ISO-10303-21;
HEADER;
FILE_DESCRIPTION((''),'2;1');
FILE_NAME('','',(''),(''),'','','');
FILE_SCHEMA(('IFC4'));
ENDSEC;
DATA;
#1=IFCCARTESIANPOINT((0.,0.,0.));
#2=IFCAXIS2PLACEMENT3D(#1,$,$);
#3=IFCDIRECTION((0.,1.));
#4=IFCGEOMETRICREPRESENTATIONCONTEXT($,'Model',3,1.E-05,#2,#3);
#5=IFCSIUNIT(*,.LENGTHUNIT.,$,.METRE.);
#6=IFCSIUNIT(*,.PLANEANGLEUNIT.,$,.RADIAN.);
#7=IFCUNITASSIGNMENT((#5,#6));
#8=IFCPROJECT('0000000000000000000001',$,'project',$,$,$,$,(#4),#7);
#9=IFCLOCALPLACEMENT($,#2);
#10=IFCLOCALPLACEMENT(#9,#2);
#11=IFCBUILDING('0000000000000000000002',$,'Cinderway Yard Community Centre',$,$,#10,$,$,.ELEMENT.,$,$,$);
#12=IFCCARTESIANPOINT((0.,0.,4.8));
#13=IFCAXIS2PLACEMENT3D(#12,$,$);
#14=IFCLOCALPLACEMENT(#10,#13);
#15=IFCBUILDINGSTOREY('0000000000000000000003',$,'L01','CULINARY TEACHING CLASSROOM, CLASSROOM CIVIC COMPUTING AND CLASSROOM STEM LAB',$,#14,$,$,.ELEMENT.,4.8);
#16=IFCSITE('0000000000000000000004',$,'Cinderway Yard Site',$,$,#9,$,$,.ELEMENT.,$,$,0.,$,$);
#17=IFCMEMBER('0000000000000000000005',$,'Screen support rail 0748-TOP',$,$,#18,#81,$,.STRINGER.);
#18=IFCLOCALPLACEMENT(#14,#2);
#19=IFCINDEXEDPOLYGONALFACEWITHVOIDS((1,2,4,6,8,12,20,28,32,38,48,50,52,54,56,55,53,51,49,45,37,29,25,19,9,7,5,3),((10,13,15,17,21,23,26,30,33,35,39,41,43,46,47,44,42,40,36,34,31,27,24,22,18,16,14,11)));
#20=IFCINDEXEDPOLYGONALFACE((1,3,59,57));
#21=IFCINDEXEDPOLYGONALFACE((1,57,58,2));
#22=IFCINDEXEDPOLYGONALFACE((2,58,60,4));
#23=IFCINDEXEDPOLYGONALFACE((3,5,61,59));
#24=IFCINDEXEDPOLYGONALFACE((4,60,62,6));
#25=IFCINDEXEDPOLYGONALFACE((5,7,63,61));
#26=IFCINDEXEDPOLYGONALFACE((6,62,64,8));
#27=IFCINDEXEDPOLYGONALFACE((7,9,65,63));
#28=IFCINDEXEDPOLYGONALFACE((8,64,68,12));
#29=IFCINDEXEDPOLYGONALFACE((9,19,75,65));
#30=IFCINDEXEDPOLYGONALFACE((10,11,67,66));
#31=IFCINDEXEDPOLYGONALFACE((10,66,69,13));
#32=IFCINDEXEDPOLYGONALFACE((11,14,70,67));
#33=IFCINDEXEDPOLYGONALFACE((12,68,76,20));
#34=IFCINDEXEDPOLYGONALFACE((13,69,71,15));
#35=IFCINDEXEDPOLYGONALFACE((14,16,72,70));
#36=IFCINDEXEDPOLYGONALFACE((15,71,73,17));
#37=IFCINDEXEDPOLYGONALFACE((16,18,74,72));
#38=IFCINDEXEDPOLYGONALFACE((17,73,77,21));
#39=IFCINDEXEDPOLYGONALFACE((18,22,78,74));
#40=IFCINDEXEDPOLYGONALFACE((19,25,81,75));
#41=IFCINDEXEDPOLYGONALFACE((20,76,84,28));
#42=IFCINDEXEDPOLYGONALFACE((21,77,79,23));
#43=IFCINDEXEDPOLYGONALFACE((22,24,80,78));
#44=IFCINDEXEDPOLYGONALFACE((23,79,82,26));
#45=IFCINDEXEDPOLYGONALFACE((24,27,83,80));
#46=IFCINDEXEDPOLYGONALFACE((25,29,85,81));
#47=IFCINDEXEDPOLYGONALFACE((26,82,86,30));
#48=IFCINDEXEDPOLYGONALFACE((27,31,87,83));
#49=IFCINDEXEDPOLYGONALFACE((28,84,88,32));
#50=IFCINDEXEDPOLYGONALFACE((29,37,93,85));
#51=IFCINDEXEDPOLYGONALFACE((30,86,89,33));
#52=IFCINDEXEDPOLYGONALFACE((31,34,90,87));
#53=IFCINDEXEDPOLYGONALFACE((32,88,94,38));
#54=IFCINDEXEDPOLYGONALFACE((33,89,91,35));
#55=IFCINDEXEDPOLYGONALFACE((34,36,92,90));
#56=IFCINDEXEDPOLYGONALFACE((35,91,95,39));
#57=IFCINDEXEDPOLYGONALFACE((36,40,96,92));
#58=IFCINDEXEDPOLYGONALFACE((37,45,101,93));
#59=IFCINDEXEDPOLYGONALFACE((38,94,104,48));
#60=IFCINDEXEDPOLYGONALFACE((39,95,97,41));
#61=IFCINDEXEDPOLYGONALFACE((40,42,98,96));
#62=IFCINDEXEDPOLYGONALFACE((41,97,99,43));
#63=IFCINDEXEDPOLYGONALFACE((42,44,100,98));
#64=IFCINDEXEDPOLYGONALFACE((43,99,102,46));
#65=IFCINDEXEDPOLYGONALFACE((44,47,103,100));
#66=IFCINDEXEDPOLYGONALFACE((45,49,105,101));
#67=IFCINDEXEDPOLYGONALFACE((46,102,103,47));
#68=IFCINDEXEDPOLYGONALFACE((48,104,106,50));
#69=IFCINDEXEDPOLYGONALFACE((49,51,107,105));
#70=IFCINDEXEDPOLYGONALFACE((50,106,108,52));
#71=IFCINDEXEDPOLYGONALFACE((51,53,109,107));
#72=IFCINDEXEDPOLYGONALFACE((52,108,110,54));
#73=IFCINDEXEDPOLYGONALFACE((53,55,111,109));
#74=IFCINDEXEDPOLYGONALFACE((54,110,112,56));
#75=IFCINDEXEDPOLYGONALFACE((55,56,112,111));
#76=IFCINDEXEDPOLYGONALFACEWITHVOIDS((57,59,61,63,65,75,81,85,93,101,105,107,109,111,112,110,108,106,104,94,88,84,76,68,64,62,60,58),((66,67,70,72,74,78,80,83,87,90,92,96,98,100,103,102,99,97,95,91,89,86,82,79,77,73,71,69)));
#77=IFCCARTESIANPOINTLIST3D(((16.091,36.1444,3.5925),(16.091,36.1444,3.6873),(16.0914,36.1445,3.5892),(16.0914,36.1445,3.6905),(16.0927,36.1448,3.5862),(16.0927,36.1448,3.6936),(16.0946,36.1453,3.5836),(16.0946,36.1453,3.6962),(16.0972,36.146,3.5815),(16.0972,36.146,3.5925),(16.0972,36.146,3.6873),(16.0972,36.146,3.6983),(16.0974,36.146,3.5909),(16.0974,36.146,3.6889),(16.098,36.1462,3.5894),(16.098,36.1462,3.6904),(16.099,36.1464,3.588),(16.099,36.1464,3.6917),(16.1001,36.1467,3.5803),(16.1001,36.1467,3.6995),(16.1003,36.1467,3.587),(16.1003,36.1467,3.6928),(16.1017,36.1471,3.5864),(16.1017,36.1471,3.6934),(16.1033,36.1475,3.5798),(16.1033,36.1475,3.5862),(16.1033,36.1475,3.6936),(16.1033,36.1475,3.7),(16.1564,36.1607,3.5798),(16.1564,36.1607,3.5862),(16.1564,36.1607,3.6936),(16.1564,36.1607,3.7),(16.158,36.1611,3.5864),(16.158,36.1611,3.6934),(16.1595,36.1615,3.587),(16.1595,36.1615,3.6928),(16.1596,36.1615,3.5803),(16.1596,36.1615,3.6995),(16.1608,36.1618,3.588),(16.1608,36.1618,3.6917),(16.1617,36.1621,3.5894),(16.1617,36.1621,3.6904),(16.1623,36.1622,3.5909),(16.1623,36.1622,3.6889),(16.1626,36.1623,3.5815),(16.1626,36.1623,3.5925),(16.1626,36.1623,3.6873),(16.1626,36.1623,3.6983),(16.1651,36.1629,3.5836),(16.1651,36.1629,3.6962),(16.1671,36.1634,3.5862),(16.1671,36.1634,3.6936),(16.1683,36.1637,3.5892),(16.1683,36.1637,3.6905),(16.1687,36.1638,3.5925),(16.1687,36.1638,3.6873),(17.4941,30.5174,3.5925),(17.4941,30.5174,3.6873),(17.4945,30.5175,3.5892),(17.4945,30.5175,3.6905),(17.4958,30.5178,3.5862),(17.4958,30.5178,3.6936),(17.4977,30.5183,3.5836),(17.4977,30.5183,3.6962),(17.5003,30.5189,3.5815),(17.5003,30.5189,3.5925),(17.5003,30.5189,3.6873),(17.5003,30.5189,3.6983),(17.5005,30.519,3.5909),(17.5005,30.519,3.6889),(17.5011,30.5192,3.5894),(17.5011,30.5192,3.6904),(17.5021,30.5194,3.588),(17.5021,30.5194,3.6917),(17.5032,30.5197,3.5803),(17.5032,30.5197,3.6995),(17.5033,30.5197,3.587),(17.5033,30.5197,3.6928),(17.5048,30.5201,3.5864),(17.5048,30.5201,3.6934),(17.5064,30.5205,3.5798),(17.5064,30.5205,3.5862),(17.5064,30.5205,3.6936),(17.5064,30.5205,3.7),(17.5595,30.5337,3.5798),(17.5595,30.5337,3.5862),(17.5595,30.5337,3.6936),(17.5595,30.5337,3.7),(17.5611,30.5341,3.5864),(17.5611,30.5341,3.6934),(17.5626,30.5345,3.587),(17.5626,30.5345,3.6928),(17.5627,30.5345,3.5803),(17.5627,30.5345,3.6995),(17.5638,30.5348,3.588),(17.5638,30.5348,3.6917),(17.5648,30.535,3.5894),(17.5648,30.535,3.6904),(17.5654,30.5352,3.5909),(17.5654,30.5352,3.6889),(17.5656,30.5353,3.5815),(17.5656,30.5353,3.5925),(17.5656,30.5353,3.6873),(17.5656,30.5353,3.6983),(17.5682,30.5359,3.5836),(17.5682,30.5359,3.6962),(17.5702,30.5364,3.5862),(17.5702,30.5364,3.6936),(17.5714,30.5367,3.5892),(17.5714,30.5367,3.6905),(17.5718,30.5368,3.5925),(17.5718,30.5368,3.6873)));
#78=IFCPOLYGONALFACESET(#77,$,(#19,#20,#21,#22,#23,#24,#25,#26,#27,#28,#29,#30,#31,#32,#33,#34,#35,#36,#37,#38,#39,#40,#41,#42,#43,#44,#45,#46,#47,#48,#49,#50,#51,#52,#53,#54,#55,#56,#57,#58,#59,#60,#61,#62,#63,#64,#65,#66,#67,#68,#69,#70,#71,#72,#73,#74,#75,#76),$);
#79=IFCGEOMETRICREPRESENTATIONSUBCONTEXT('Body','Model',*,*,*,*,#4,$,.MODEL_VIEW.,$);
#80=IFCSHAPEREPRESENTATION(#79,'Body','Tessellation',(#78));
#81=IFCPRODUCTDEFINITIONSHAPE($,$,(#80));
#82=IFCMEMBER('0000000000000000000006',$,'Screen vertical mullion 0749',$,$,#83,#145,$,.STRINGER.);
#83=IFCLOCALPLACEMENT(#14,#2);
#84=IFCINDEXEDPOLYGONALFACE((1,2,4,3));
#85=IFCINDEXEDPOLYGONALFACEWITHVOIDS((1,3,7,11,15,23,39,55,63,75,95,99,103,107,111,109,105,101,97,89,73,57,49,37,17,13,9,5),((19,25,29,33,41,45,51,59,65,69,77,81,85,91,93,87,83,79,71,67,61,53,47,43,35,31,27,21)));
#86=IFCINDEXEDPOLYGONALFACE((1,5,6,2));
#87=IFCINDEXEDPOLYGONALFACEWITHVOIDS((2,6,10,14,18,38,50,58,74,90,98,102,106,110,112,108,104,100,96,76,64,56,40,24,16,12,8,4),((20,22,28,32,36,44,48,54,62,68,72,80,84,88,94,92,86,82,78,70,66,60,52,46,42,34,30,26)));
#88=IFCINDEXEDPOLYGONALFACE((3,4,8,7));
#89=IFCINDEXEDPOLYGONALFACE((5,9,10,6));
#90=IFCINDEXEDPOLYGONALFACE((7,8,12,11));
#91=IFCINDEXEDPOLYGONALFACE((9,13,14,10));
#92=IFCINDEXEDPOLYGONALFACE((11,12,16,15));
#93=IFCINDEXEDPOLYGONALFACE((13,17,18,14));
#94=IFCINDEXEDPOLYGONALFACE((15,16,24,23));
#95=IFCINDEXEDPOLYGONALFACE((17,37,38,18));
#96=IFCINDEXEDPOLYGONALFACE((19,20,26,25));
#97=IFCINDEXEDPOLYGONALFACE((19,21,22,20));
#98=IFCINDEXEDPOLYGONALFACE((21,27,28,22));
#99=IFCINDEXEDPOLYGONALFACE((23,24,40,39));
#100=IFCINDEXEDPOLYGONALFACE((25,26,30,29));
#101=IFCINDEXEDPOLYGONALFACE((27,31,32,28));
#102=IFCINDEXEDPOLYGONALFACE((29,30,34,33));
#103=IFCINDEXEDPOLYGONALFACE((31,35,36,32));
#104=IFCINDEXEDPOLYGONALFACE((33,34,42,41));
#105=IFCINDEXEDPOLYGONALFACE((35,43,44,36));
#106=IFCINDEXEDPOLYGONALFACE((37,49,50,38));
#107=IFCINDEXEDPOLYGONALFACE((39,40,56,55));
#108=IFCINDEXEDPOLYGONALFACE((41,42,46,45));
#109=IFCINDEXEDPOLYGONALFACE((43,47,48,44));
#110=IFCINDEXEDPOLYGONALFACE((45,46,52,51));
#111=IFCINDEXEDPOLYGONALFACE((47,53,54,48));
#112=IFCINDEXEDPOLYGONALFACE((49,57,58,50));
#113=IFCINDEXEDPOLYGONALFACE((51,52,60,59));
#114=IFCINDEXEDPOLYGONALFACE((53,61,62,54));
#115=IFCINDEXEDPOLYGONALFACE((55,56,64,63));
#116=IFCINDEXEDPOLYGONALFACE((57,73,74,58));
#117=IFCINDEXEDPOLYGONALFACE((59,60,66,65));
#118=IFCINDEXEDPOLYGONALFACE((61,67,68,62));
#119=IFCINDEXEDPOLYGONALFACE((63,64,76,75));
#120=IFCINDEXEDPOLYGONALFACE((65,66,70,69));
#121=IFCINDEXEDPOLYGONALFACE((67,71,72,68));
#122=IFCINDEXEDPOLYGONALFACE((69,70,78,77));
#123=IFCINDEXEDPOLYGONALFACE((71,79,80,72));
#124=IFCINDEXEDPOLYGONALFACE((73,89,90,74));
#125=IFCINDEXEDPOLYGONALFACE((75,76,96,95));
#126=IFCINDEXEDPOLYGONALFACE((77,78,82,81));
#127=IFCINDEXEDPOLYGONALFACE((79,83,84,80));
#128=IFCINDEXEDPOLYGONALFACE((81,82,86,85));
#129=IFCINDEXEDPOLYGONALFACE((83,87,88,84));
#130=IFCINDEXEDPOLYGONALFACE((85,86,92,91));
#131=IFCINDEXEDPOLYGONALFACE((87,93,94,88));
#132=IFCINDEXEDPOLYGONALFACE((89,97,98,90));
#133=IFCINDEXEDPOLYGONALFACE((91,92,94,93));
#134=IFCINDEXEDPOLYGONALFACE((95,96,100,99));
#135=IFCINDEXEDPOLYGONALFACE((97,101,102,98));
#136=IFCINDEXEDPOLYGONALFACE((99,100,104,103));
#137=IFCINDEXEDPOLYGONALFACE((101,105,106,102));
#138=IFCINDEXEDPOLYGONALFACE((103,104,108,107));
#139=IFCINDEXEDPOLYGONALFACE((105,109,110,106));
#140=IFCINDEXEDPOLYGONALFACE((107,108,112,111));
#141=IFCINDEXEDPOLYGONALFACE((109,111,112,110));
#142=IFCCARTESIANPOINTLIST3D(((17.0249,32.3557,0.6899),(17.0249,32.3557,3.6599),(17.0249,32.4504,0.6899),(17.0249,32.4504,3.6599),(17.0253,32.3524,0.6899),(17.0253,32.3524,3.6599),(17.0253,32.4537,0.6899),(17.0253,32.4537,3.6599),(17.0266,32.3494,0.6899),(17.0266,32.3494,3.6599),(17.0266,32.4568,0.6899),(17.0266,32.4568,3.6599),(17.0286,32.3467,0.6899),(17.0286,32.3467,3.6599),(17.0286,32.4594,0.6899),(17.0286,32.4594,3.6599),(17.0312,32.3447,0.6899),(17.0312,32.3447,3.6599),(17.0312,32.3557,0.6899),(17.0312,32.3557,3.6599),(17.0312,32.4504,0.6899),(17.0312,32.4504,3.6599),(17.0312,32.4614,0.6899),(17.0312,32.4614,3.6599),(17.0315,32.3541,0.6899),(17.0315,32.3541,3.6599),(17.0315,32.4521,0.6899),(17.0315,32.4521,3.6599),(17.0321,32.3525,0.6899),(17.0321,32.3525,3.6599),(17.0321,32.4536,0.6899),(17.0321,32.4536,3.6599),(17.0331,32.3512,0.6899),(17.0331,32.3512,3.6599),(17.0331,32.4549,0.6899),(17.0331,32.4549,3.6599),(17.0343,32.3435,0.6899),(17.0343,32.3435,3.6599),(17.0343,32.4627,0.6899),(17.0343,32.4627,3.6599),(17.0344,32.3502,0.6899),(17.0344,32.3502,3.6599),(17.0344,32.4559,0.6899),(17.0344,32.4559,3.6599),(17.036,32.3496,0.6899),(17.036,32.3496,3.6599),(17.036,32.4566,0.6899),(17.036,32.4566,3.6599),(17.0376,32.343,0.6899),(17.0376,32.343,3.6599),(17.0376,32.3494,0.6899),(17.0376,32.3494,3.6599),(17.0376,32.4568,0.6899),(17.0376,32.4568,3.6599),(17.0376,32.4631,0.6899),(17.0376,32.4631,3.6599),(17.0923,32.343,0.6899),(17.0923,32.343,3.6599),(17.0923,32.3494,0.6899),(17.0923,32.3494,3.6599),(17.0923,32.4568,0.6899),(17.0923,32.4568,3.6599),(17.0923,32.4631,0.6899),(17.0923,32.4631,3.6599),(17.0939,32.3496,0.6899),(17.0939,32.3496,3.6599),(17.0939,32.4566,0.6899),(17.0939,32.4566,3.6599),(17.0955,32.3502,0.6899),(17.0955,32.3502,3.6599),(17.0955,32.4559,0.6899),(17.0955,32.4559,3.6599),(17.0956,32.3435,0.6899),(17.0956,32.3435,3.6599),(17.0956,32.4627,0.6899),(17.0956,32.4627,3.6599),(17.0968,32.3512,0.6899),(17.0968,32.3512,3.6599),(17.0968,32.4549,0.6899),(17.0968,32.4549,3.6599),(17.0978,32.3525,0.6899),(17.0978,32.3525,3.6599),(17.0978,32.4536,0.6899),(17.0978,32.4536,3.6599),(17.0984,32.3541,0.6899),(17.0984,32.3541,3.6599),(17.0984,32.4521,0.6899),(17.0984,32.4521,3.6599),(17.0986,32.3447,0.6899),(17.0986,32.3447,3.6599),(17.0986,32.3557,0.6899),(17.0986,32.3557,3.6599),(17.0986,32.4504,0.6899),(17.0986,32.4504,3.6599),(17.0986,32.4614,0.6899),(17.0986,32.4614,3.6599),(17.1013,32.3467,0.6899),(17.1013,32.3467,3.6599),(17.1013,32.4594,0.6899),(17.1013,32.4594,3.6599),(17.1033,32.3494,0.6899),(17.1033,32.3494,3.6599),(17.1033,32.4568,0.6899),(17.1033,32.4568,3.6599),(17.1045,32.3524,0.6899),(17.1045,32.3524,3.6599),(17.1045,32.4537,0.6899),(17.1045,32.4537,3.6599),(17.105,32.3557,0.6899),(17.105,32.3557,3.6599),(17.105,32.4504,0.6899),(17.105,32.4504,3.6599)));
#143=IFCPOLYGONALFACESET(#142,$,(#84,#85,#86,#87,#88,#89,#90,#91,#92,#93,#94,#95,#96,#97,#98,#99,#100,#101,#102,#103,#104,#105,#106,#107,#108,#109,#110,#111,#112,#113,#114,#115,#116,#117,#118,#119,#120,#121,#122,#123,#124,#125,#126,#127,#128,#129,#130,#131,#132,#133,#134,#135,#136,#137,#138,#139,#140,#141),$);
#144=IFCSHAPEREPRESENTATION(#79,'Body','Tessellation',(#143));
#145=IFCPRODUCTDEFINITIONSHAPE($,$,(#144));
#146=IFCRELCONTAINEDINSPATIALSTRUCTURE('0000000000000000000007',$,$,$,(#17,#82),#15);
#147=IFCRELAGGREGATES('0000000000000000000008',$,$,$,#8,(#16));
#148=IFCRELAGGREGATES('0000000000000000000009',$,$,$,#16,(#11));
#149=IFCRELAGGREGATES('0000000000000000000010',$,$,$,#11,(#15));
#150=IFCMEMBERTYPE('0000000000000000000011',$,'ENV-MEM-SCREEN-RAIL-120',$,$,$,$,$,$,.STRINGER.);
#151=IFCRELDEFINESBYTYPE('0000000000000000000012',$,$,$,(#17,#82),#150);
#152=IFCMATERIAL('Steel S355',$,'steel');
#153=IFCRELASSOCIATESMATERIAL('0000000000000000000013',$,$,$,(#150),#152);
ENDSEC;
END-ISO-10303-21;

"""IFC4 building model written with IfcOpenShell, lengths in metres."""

from ifc_helpers import new_model, si_unit, direction, frame, origin, origin_2d, place, context, subcontext, project, spatial, hollow_rectangle, extrude, material, material_profile, profile_set, type_object, element, save


model = new_model("IFC4")

# Units and contexts
model_context = context("Model", 3, precision=1e-05, world=origin(), true_north=direction((0.0, 1.0)))
body_context = subcontext(model_context, "Body", "Model", "MODEL_VIEW")
ifc_project = project(units=[si_unit("LENGTHUNIT", "METRE"), si_unit("PLANEANGLEUNIT", "RADIAN")], contexts=[model_context])

# Site, building, storey
site_placement = place(None, origin())
site = spatial("IfcSite", under=ifc_project, at=site_placement, Name="Cinderway Yard Site", CompositionType="ELEMENT", RefElevation=0.0)
building_placement = place(site_placement, origin())
building = spatial("IfcBuilding", under=site, at=building_placement, Name="Cinderway Yard Community Centre", CompositionType="ELEMENT")
storey_placement = place(building_placement, frame((0.0, 0.0, 4.8)))
storey = spatial("IfcBuildingStorey", under=building, at=storey_placement, Name="L01", Description="CULINARY TEACHING CLASSROOM, CLASSROOM CIVIC COMPUTING AND CLASSROOM STEM LAB", CompositionType="ELEMENT", Elevation=4.8)

# Members
ifc_material_1 = material(Name="Steel S355", Category="steel")
ifc_material_profile_1 = material_profile(ifc_material_1, hollow_rectangle(XDim=0.0801, YDim=0.1201, WallThickness=0.0063, InnerFilletRadius=0.0063, OuterFilletRadius=0.0127, at=origin_2d()), Name="Steel S355")
ifc_profile_set_1 = profile_set([ifc_material_profile_1], Name="Steel S355")
member_type_1 = type_object("IfcMemberType", Name="ENV-MEM-SCREEN-RAIL-120", PredefinedType="STRINGER", material=ifc_profile_set_1)
for number, where, z_axis, x_axis, name in (
    (1, (17.533, 30.5271, 3.6399), (-0.241941, 0.970291, 0.0), (-0.970291, -0.241941, 0.0), "Screen support rail 0748-TOP"),
):
    element("IfcMember", number, at=place(storey_placement, frame(where, z_axis=z_axis, x_axis=x_axis)), inside=storey, type_object=member_type_1, Name=name, PredefinedType="STRINGER", context=body_context, shape_type="SweptSolid", body=[
        extrude(hollow_rectangle(XDim=0.0801, YDim=0.1201, WallThickness=0.0063, InnerFilletRadius=0.0063, OuterFilletRadius=0.0127, at=origin_2d()), origin(), (0.0, 0.0, 1.0), 5.7993),
    ])
for number, where, z_axis, x_axis, name in (
    (2, (17.0649, 32.4031, 0.6899), (0.0, 0.0, 1.0), (1.0, 0.0, 0.0), "Screen vertical mullion 0749"),
):
    element("IfcMember", number, at=place(storey_placement, frame(where, z_axis=z_axis, x_axis=x_axis)), inside=storey, type_object=member_type_1, Name=name, PredefinedType="STRINGER", context=body_context, shape_type="SweptSolid", body=[
        extrude(hollow_rectangle(XDim=0.0801, YDim=0.1201, WallThickness=0.0063, InnerFilletRadius=0.0063, OuterFilletRadius=0.0127, at=origin_2d()), origin(), (0.0, 0.0, 1.0), 2.97),
    ])

save(model, "model.ifc")
